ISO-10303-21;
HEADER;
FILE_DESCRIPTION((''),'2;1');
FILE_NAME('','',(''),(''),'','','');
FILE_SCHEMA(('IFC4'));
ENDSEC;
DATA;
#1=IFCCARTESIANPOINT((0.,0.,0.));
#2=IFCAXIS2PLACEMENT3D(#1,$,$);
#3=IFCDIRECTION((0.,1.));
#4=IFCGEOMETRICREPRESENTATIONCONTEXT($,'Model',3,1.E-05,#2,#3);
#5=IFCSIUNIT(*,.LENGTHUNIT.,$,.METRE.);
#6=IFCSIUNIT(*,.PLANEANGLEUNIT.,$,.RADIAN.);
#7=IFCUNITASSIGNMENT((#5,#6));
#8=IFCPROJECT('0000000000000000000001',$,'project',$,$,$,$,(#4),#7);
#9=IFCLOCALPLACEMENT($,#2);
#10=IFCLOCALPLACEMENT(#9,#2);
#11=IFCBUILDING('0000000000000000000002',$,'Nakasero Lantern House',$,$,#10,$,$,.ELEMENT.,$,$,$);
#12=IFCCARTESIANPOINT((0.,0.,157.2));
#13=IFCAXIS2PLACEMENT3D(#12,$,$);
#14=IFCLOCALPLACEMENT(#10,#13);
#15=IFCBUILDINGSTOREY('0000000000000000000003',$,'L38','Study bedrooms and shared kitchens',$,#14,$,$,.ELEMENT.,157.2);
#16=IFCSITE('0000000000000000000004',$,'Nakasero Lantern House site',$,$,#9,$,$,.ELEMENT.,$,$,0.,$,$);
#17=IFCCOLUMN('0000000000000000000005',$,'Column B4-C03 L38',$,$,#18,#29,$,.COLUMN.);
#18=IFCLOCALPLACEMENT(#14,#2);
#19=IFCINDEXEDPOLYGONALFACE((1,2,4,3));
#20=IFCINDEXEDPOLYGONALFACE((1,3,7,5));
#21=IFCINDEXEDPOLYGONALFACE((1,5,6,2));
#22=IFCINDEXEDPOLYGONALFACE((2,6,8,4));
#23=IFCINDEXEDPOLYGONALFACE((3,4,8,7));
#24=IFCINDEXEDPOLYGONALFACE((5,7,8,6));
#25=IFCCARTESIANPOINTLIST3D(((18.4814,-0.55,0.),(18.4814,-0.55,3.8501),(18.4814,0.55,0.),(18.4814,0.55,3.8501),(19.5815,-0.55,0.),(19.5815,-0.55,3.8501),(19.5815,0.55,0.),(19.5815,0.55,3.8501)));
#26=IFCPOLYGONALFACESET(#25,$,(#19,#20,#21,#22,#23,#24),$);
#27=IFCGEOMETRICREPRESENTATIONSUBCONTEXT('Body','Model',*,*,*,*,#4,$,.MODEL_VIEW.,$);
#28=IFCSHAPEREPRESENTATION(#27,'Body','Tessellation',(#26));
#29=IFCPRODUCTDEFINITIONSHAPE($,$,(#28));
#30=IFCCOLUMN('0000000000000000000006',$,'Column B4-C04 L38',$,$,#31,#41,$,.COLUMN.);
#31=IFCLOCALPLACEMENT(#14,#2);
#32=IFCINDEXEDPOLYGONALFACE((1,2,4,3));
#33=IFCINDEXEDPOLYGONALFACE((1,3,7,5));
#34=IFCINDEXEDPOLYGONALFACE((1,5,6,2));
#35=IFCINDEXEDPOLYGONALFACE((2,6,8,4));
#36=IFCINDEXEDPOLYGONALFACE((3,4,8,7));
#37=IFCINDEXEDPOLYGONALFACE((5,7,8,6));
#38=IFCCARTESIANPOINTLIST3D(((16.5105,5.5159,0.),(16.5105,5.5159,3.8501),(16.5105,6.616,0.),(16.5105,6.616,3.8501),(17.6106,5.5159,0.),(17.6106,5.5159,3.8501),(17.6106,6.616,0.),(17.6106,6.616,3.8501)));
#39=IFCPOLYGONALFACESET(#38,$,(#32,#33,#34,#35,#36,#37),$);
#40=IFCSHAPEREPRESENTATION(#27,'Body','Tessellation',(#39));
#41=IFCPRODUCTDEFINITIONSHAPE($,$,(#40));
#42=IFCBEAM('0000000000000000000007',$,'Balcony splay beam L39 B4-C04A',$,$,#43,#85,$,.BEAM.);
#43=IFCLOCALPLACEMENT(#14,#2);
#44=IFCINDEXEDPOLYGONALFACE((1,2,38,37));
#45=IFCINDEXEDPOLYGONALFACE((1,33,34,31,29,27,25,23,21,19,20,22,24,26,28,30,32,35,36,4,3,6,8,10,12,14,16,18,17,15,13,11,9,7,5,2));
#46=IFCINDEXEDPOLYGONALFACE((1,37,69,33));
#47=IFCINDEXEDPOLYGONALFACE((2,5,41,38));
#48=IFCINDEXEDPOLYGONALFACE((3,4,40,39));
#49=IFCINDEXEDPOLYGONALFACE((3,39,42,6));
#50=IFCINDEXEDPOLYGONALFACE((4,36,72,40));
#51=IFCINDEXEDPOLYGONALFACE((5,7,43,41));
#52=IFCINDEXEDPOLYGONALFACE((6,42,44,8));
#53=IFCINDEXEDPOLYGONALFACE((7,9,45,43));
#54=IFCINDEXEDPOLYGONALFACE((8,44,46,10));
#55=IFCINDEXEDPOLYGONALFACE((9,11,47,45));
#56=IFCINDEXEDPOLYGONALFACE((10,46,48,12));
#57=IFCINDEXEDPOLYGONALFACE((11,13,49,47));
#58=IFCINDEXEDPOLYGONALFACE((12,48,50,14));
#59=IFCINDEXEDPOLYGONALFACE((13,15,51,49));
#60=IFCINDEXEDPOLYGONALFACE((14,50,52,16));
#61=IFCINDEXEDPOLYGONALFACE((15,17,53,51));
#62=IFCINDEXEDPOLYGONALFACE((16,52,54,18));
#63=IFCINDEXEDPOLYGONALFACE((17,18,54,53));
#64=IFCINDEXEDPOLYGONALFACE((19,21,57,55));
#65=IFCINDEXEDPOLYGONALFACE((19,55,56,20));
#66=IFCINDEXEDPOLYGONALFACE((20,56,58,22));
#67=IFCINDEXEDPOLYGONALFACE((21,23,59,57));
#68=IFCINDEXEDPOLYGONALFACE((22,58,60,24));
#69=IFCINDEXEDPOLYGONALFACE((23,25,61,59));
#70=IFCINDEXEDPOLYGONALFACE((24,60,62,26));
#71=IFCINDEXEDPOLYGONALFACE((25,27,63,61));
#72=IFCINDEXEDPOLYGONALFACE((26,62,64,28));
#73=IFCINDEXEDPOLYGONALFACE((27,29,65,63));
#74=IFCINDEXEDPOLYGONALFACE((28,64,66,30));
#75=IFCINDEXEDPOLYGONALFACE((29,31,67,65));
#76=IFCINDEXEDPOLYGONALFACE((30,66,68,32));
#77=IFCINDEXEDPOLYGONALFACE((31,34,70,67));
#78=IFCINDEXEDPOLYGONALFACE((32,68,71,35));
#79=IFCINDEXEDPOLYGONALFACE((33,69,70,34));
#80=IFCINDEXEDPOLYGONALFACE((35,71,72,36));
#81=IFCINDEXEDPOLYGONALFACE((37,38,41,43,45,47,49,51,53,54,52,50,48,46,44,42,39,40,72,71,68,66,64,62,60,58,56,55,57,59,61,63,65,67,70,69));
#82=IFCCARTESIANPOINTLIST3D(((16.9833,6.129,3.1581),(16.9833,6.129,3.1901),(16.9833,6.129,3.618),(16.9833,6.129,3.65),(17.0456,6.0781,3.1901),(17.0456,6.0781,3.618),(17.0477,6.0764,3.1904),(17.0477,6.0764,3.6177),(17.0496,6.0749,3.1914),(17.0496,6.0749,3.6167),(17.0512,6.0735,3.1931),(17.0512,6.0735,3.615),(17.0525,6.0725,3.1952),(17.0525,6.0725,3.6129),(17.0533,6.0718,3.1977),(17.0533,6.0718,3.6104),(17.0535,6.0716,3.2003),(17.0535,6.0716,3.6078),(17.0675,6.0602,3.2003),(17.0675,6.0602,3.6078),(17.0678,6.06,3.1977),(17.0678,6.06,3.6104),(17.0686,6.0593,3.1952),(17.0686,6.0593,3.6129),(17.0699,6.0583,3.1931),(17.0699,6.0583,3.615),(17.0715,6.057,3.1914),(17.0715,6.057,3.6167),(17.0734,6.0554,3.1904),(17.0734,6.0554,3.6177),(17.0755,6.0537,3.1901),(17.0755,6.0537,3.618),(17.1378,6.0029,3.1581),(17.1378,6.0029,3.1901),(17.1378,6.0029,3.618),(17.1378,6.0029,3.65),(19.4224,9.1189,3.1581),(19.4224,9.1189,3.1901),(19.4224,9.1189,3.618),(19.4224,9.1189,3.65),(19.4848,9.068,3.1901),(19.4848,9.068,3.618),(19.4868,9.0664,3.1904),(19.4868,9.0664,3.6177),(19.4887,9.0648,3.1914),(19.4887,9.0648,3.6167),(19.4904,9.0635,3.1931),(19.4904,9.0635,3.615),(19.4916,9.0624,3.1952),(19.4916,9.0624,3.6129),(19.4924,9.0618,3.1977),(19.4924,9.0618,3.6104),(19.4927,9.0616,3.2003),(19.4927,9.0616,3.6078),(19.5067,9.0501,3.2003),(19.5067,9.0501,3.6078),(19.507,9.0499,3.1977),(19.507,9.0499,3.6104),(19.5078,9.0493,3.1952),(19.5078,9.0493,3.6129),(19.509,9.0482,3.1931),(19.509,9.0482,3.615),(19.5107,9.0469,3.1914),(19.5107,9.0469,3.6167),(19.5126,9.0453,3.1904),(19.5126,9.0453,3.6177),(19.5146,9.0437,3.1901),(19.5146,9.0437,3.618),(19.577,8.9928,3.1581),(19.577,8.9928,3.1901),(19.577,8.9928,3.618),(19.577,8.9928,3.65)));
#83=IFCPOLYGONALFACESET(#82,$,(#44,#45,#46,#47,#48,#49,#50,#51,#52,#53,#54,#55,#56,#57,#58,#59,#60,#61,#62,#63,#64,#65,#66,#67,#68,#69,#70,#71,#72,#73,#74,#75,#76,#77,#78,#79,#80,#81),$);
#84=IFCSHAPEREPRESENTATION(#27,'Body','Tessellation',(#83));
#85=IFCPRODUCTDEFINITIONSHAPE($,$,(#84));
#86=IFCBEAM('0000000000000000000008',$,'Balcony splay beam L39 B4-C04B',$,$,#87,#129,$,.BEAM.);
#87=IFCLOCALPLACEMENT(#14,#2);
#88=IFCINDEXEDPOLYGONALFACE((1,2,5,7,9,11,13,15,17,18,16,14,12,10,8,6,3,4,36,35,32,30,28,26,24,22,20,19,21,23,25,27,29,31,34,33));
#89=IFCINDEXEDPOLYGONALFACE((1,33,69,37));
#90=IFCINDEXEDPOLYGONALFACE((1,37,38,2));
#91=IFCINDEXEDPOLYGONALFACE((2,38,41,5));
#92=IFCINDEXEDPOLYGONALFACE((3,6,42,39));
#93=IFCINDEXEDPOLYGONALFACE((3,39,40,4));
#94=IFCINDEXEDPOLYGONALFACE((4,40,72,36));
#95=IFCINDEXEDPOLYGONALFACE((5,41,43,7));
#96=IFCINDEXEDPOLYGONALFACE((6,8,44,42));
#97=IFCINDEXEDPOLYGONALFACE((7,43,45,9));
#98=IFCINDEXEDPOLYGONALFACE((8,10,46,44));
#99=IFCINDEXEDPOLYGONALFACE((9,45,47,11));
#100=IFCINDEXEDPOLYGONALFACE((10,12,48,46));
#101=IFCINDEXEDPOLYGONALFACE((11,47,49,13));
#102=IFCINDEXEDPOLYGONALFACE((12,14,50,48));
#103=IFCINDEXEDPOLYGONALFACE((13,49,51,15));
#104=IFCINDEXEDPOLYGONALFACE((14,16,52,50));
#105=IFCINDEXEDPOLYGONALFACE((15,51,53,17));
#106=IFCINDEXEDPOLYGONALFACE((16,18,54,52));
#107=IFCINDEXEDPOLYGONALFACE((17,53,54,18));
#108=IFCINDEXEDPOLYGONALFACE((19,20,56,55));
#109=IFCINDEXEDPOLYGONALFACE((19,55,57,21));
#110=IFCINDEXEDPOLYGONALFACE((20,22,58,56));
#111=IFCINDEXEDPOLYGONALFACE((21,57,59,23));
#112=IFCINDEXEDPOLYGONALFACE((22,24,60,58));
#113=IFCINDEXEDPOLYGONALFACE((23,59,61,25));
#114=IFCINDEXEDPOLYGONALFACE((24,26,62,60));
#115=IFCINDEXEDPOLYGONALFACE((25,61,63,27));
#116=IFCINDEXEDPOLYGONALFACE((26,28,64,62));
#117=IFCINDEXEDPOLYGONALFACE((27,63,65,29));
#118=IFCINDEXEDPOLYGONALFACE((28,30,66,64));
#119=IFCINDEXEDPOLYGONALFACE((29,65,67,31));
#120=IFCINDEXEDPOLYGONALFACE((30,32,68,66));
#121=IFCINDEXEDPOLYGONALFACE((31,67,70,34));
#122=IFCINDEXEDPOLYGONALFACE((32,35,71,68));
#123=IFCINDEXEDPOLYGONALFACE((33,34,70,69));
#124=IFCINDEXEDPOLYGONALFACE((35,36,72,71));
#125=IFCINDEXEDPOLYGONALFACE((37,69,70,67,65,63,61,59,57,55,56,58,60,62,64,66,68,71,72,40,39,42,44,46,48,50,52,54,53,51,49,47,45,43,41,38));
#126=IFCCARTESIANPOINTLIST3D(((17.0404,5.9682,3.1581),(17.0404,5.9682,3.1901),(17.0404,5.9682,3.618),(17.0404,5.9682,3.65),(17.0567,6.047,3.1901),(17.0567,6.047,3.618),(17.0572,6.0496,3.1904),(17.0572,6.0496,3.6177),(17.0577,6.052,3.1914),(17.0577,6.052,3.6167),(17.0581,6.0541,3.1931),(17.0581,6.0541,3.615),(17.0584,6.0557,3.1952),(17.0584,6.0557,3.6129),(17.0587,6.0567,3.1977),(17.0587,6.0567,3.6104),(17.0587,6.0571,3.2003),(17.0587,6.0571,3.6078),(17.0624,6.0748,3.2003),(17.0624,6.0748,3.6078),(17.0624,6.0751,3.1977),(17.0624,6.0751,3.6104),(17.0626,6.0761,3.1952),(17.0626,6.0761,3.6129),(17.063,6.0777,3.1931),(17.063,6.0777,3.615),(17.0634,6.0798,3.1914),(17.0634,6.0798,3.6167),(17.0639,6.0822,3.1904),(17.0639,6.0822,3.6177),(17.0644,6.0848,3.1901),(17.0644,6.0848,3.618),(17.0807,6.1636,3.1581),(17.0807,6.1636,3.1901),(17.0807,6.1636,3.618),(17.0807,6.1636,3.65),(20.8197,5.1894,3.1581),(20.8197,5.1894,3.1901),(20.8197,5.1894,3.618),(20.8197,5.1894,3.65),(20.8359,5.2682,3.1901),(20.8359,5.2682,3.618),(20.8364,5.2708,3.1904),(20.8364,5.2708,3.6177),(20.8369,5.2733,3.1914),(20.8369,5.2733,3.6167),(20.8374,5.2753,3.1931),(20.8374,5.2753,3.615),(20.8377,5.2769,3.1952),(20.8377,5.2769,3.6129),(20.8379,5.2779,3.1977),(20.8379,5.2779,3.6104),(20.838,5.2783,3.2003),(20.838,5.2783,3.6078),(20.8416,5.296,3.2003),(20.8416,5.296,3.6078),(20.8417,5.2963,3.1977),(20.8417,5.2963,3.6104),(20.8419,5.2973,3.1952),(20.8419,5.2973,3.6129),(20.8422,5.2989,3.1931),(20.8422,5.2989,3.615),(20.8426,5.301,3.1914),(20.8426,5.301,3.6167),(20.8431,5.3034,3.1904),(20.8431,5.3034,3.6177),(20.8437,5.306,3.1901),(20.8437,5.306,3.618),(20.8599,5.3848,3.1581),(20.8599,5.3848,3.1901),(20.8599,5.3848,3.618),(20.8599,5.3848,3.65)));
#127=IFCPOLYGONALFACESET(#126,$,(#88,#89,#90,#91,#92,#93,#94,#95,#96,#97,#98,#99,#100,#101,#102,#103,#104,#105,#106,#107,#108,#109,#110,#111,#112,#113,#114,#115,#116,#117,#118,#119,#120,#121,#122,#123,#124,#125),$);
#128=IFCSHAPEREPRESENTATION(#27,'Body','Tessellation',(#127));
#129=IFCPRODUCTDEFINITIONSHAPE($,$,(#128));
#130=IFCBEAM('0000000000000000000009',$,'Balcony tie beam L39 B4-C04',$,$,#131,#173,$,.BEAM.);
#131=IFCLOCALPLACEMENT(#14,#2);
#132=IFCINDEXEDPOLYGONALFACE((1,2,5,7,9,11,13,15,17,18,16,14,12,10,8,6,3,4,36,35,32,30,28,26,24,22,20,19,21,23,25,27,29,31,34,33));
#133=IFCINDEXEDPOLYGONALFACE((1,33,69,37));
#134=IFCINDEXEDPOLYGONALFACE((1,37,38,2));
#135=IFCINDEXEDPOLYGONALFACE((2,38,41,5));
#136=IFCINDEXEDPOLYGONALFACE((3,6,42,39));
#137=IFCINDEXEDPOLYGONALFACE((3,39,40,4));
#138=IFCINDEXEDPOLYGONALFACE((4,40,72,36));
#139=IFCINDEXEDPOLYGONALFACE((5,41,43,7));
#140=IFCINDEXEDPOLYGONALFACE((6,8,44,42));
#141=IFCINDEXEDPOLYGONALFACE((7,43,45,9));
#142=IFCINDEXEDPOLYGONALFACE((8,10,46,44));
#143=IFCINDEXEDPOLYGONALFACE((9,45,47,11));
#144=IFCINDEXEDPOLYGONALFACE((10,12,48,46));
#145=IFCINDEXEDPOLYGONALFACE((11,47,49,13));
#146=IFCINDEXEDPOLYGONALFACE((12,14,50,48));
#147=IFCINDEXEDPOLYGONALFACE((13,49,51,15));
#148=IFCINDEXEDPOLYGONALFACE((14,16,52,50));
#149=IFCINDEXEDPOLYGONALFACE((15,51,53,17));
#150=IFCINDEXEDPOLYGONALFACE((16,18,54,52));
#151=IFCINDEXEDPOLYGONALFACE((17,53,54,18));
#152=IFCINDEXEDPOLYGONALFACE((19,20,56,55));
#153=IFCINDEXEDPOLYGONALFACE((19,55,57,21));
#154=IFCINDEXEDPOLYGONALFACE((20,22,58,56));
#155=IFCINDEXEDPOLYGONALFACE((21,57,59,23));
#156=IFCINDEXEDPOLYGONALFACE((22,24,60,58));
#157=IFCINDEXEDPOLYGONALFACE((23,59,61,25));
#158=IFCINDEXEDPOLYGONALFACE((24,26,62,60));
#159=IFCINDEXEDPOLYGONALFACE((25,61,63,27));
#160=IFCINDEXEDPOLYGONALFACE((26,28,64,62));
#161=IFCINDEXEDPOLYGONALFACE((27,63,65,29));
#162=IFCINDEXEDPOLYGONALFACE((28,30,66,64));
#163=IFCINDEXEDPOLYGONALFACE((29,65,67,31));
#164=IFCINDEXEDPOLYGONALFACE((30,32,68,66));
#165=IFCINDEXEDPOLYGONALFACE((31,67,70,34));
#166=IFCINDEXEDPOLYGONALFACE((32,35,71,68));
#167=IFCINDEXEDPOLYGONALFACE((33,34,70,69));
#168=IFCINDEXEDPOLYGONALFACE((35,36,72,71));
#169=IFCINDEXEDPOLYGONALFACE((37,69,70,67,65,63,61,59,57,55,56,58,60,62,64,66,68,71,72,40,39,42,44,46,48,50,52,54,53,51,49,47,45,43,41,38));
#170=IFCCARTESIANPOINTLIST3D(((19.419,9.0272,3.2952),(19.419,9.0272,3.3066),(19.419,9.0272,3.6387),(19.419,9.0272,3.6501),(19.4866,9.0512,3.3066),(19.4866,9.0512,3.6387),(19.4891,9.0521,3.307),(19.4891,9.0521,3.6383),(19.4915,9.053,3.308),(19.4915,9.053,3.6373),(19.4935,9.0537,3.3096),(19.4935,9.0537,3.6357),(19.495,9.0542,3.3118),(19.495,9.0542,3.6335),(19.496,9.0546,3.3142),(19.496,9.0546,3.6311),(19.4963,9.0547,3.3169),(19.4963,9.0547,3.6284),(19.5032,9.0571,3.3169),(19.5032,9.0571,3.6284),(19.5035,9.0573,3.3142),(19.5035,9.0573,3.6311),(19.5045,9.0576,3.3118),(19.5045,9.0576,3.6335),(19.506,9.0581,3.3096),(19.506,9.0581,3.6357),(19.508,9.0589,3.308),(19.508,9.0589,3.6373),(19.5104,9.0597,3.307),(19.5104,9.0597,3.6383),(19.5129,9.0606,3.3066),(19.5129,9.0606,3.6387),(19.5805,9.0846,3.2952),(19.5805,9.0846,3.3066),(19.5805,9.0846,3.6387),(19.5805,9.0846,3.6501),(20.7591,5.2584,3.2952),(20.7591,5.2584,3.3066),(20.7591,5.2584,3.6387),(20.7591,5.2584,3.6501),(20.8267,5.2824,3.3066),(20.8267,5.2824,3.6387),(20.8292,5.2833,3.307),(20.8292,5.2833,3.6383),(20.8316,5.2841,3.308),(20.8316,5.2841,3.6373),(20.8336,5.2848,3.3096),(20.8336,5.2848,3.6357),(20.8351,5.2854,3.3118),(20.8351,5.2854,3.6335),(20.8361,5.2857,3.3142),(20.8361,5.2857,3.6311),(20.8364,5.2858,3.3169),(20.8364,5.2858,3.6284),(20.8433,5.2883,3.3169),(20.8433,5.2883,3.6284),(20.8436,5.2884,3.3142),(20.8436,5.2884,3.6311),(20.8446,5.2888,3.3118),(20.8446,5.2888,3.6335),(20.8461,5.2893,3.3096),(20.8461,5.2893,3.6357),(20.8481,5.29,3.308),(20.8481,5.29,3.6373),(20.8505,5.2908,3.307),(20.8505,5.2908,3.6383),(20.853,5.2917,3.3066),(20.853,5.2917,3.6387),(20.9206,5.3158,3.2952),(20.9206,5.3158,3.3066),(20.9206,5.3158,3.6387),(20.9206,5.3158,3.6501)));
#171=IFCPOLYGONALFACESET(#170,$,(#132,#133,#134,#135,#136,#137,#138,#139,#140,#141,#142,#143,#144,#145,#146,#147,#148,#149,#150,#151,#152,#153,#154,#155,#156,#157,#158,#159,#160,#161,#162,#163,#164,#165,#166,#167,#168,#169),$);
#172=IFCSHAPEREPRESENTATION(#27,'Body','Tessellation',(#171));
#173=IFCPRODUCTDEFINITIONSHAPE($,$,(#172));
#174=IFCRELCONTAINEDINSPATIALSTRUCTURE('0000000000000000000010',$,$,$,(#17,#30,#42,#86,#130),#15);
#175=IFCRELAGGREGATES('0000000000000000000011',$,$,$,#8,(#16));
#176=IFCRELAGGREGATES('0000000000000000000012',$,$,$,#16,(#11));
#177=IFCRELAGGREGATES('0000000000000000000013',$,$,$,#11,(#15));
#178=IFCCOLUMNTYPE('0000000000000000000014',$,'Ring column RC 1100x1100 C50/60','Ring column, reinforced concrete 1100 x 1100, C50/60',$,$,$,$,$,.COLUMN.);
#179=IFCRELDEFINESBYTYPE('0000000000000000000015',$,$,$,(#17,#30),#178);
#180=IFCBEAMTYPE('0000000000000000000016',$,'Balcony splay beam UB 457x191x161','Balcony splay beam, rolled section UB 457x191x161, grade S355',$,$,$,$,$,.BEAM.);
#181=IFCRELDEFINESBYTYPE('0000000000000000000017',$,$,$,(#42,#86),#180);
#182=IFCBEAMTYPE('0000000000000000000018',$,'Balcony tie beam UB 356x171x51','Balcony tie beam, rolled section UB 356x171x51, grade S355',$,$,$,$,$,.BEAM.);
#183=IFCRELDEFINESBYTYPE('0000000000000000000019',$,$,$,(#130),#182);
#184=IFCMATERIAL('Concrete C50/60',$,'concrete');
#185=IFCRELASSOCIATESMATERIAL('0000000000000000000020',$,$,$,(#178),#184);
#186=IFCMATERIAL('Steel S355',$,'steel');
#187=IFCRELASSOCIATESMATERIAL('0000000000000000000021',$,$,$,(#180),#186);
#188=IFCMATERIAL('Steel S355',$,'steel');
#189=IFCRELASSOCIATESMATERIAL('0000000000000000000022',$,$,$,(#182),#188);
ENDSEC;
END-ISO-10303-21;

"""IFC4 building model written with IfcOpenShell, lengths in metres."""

from ifc_helpers import new_model, si_unit, direction, frame, origin, origin_2d, place, context, subcontext, project, spatial, rectangle, i_section, extrude, material, material_profile, profile_set, type_object, element, save


model = new_model("IFC4")

# Units and contexts
model_context = context("Model", 3, precision=1e-05, world=origin(), true_north=direction((0.0, 1.0)))
body_context = subcontext(model_context, "Body", "Model", "MODEL_VIEW")
ifc_project = project(units=[si_unit("LENGTHUNIT", "METRE"), si_unit("PLANEANGLEUNIT", "RADIAN")], contexts=[model_context])

# Site, building, storey
site_placement = place(None, origin())
site = spatial("IfcSite", under=ifc_project, at=site_placement, Name="Nakasero Lantern House site", CompositionType="ELEMENT", RefElevation=0.0)
building_placement = place(site_placement, origin())
building = spatial("IfcBuilding", under=site, at=building_placement, Name="Nakasero Lantern House", CompositionType="ELEMENT")
storey_placement = place(building_placement, frame((0.0, 0.0, 157.2)))
storey = spatial("IfcBuildingStorey", under=building, at=storey_placement, Name="L38", Description="Study bedrooms and shared kitchens", CompositionType="ELEMENT", Elevation=157.2)

# Columns
ifc_material_1 = material(Name="Concrete C50/60", Category="concrete")
ifc_material_profile_1 = material_profile(ifc_material_1, rectangle(XDim=1.1001, YDim=1.1001, at=origin_2d()), Name="RC 1100x1100")
ifc_profile_set_1 = profile_set([ifc_material_profile_1], Name="Concrete C50/60")
column_type = type_object("IfcColumnType", Name="Ring column RC 1100x1100 C50/60", Description="Ring column, reinforced concrete 1100 x 1100, C50/60", PredefinedType="COLUMN", material=ifc_profile_set_1)
for number, where, z_axis, x_axis, name in (
    (1, (19.0315, 0.0, 0.0), (0.0, 0.0, 1.0), (1.0, 0.0, 0.0), "Column B4-C03 L38"),
    (2, (17.0605, 6.0659, 0.0), (0.0, 0.0, 1.0), (1.0, 0.0, 0.0), "Column B4-C04 L38"),
):
    element("IfcColumn", number, at=place(storey_placement, frame(where, z_axis=z_axis, x_axis=x_axis)), inside=storey, type_object=column_type, Name=name, PredefinedType="COLUMN", context=body_context, shape_type="SweptSolid", body=[
        extrude(rectangle(XDim=1.1001, YDim=1.1001, at=origin_2d()), origin(), (0.0, 0.0, 1.0), 3.8501),
    ])

# Beams
ifc_material_2 = material(Name="Steel S355", Category="steel")
ifc_material_profile_2 = material_profile(ifc_material_2, i_section(OverallWidth=0.1995, OverallDepth=0.4919, WebThickness=0.0181, FlangeThickness=0.032, FilletRadius=0.0103, at=origin_2d()), Name="UB 457x191x161")
ifc_profile_set_2 = profile_set([ifc_material_profile_2], Name="Steel S355")
beam_type_1 = type_object("IfcBeamType", Name="Balcony splay beam UB 457x191x161", Description="Balcony splay beam, rolled section UB 457x191x161, grade S355", PredefinedType="BEAM", material=ifc_profile_set_2)
for number, where, z_axis, x_axis, name in (
    (3, (17.0605, 6.0659, 3.4041), (0.632128, 0.774864, 0.0), (-0.774864, 0.632128, 0.0), "Balcony splay beam L39 B4-C04A"),
    (4, (17.0605, 6.0659, 3.4041), (0.97942, -0.201831, 0.0), (0.201831, 0.97942, 0.0), "Balcony splay beam L39 B4-C04B"),
):
    element("IfcBeam", number, at=place(storey_placement, frame(where, z_axis=z_axis, x_axis=x_axis)), inside=storey, type_object=beam_type_1, Name=name, PredefinedType="BEAM", context=body_context, shape_type="SweptSolid", body=[
        extrude(i_section(OverallWidth=0.1995, OverallDepth=0.4919, WebThickness=0.0181, FlangeThickness=0.032, FilletRadius=0.0103, at=origin_2d()), origin(), (0.0, 0.0, 1.0), 3.8586),
    ])
ifc_material_3 = material(Name="Steel S355", Category="steel")
ifc_material_profile_3 = material_profile(ifc_material_3, i_section(OverallWidth=0.1714, OverallDepth=0.355, WebThickness=0.0073, FlangeThickness=0.0115, FilletRadius=0.0103, at=origin_2d()), Name="UB 356x171x51")
ifc_profile_set_3 = profile_set([ifc_material_profile_3], Name="Steel S355")
beam_type_2 = type_object("IfcBeamType", Name="Balcony tie beam UB 356x171x51", Description="Balcony tie beam, rolled section UB 356x171x51, grade S355", PredefinedType="BEAM", material=ifc_profile_set_3)
beam_1_placement = place(storey_placement, frame((19.4998, 9.0559, 3.4727), z_axis=(0.335025, -0.942209, 0.0), x_axis=(0.942209, 0.335025, 0.0)))
element("IfcBeam", 5, at=beam_1_placement, inside=storey, type_object=beam_type_2, Name="Balcony tie beam L39 B4-C04", PredefinedType="BEAM", context=body_context, shape_type="SweptSolid", body=[
    extrude(i_section(OverallWidth=0.1714, OverallDepth=0.355, WebThickness=0.0073, FlangeThickness=0.0115, FilletRadius=0.0103, at=origin_2d()), origin(), (0.0, 0.0, 1.0), 4.0),
])

save(model, "model.ifc")
